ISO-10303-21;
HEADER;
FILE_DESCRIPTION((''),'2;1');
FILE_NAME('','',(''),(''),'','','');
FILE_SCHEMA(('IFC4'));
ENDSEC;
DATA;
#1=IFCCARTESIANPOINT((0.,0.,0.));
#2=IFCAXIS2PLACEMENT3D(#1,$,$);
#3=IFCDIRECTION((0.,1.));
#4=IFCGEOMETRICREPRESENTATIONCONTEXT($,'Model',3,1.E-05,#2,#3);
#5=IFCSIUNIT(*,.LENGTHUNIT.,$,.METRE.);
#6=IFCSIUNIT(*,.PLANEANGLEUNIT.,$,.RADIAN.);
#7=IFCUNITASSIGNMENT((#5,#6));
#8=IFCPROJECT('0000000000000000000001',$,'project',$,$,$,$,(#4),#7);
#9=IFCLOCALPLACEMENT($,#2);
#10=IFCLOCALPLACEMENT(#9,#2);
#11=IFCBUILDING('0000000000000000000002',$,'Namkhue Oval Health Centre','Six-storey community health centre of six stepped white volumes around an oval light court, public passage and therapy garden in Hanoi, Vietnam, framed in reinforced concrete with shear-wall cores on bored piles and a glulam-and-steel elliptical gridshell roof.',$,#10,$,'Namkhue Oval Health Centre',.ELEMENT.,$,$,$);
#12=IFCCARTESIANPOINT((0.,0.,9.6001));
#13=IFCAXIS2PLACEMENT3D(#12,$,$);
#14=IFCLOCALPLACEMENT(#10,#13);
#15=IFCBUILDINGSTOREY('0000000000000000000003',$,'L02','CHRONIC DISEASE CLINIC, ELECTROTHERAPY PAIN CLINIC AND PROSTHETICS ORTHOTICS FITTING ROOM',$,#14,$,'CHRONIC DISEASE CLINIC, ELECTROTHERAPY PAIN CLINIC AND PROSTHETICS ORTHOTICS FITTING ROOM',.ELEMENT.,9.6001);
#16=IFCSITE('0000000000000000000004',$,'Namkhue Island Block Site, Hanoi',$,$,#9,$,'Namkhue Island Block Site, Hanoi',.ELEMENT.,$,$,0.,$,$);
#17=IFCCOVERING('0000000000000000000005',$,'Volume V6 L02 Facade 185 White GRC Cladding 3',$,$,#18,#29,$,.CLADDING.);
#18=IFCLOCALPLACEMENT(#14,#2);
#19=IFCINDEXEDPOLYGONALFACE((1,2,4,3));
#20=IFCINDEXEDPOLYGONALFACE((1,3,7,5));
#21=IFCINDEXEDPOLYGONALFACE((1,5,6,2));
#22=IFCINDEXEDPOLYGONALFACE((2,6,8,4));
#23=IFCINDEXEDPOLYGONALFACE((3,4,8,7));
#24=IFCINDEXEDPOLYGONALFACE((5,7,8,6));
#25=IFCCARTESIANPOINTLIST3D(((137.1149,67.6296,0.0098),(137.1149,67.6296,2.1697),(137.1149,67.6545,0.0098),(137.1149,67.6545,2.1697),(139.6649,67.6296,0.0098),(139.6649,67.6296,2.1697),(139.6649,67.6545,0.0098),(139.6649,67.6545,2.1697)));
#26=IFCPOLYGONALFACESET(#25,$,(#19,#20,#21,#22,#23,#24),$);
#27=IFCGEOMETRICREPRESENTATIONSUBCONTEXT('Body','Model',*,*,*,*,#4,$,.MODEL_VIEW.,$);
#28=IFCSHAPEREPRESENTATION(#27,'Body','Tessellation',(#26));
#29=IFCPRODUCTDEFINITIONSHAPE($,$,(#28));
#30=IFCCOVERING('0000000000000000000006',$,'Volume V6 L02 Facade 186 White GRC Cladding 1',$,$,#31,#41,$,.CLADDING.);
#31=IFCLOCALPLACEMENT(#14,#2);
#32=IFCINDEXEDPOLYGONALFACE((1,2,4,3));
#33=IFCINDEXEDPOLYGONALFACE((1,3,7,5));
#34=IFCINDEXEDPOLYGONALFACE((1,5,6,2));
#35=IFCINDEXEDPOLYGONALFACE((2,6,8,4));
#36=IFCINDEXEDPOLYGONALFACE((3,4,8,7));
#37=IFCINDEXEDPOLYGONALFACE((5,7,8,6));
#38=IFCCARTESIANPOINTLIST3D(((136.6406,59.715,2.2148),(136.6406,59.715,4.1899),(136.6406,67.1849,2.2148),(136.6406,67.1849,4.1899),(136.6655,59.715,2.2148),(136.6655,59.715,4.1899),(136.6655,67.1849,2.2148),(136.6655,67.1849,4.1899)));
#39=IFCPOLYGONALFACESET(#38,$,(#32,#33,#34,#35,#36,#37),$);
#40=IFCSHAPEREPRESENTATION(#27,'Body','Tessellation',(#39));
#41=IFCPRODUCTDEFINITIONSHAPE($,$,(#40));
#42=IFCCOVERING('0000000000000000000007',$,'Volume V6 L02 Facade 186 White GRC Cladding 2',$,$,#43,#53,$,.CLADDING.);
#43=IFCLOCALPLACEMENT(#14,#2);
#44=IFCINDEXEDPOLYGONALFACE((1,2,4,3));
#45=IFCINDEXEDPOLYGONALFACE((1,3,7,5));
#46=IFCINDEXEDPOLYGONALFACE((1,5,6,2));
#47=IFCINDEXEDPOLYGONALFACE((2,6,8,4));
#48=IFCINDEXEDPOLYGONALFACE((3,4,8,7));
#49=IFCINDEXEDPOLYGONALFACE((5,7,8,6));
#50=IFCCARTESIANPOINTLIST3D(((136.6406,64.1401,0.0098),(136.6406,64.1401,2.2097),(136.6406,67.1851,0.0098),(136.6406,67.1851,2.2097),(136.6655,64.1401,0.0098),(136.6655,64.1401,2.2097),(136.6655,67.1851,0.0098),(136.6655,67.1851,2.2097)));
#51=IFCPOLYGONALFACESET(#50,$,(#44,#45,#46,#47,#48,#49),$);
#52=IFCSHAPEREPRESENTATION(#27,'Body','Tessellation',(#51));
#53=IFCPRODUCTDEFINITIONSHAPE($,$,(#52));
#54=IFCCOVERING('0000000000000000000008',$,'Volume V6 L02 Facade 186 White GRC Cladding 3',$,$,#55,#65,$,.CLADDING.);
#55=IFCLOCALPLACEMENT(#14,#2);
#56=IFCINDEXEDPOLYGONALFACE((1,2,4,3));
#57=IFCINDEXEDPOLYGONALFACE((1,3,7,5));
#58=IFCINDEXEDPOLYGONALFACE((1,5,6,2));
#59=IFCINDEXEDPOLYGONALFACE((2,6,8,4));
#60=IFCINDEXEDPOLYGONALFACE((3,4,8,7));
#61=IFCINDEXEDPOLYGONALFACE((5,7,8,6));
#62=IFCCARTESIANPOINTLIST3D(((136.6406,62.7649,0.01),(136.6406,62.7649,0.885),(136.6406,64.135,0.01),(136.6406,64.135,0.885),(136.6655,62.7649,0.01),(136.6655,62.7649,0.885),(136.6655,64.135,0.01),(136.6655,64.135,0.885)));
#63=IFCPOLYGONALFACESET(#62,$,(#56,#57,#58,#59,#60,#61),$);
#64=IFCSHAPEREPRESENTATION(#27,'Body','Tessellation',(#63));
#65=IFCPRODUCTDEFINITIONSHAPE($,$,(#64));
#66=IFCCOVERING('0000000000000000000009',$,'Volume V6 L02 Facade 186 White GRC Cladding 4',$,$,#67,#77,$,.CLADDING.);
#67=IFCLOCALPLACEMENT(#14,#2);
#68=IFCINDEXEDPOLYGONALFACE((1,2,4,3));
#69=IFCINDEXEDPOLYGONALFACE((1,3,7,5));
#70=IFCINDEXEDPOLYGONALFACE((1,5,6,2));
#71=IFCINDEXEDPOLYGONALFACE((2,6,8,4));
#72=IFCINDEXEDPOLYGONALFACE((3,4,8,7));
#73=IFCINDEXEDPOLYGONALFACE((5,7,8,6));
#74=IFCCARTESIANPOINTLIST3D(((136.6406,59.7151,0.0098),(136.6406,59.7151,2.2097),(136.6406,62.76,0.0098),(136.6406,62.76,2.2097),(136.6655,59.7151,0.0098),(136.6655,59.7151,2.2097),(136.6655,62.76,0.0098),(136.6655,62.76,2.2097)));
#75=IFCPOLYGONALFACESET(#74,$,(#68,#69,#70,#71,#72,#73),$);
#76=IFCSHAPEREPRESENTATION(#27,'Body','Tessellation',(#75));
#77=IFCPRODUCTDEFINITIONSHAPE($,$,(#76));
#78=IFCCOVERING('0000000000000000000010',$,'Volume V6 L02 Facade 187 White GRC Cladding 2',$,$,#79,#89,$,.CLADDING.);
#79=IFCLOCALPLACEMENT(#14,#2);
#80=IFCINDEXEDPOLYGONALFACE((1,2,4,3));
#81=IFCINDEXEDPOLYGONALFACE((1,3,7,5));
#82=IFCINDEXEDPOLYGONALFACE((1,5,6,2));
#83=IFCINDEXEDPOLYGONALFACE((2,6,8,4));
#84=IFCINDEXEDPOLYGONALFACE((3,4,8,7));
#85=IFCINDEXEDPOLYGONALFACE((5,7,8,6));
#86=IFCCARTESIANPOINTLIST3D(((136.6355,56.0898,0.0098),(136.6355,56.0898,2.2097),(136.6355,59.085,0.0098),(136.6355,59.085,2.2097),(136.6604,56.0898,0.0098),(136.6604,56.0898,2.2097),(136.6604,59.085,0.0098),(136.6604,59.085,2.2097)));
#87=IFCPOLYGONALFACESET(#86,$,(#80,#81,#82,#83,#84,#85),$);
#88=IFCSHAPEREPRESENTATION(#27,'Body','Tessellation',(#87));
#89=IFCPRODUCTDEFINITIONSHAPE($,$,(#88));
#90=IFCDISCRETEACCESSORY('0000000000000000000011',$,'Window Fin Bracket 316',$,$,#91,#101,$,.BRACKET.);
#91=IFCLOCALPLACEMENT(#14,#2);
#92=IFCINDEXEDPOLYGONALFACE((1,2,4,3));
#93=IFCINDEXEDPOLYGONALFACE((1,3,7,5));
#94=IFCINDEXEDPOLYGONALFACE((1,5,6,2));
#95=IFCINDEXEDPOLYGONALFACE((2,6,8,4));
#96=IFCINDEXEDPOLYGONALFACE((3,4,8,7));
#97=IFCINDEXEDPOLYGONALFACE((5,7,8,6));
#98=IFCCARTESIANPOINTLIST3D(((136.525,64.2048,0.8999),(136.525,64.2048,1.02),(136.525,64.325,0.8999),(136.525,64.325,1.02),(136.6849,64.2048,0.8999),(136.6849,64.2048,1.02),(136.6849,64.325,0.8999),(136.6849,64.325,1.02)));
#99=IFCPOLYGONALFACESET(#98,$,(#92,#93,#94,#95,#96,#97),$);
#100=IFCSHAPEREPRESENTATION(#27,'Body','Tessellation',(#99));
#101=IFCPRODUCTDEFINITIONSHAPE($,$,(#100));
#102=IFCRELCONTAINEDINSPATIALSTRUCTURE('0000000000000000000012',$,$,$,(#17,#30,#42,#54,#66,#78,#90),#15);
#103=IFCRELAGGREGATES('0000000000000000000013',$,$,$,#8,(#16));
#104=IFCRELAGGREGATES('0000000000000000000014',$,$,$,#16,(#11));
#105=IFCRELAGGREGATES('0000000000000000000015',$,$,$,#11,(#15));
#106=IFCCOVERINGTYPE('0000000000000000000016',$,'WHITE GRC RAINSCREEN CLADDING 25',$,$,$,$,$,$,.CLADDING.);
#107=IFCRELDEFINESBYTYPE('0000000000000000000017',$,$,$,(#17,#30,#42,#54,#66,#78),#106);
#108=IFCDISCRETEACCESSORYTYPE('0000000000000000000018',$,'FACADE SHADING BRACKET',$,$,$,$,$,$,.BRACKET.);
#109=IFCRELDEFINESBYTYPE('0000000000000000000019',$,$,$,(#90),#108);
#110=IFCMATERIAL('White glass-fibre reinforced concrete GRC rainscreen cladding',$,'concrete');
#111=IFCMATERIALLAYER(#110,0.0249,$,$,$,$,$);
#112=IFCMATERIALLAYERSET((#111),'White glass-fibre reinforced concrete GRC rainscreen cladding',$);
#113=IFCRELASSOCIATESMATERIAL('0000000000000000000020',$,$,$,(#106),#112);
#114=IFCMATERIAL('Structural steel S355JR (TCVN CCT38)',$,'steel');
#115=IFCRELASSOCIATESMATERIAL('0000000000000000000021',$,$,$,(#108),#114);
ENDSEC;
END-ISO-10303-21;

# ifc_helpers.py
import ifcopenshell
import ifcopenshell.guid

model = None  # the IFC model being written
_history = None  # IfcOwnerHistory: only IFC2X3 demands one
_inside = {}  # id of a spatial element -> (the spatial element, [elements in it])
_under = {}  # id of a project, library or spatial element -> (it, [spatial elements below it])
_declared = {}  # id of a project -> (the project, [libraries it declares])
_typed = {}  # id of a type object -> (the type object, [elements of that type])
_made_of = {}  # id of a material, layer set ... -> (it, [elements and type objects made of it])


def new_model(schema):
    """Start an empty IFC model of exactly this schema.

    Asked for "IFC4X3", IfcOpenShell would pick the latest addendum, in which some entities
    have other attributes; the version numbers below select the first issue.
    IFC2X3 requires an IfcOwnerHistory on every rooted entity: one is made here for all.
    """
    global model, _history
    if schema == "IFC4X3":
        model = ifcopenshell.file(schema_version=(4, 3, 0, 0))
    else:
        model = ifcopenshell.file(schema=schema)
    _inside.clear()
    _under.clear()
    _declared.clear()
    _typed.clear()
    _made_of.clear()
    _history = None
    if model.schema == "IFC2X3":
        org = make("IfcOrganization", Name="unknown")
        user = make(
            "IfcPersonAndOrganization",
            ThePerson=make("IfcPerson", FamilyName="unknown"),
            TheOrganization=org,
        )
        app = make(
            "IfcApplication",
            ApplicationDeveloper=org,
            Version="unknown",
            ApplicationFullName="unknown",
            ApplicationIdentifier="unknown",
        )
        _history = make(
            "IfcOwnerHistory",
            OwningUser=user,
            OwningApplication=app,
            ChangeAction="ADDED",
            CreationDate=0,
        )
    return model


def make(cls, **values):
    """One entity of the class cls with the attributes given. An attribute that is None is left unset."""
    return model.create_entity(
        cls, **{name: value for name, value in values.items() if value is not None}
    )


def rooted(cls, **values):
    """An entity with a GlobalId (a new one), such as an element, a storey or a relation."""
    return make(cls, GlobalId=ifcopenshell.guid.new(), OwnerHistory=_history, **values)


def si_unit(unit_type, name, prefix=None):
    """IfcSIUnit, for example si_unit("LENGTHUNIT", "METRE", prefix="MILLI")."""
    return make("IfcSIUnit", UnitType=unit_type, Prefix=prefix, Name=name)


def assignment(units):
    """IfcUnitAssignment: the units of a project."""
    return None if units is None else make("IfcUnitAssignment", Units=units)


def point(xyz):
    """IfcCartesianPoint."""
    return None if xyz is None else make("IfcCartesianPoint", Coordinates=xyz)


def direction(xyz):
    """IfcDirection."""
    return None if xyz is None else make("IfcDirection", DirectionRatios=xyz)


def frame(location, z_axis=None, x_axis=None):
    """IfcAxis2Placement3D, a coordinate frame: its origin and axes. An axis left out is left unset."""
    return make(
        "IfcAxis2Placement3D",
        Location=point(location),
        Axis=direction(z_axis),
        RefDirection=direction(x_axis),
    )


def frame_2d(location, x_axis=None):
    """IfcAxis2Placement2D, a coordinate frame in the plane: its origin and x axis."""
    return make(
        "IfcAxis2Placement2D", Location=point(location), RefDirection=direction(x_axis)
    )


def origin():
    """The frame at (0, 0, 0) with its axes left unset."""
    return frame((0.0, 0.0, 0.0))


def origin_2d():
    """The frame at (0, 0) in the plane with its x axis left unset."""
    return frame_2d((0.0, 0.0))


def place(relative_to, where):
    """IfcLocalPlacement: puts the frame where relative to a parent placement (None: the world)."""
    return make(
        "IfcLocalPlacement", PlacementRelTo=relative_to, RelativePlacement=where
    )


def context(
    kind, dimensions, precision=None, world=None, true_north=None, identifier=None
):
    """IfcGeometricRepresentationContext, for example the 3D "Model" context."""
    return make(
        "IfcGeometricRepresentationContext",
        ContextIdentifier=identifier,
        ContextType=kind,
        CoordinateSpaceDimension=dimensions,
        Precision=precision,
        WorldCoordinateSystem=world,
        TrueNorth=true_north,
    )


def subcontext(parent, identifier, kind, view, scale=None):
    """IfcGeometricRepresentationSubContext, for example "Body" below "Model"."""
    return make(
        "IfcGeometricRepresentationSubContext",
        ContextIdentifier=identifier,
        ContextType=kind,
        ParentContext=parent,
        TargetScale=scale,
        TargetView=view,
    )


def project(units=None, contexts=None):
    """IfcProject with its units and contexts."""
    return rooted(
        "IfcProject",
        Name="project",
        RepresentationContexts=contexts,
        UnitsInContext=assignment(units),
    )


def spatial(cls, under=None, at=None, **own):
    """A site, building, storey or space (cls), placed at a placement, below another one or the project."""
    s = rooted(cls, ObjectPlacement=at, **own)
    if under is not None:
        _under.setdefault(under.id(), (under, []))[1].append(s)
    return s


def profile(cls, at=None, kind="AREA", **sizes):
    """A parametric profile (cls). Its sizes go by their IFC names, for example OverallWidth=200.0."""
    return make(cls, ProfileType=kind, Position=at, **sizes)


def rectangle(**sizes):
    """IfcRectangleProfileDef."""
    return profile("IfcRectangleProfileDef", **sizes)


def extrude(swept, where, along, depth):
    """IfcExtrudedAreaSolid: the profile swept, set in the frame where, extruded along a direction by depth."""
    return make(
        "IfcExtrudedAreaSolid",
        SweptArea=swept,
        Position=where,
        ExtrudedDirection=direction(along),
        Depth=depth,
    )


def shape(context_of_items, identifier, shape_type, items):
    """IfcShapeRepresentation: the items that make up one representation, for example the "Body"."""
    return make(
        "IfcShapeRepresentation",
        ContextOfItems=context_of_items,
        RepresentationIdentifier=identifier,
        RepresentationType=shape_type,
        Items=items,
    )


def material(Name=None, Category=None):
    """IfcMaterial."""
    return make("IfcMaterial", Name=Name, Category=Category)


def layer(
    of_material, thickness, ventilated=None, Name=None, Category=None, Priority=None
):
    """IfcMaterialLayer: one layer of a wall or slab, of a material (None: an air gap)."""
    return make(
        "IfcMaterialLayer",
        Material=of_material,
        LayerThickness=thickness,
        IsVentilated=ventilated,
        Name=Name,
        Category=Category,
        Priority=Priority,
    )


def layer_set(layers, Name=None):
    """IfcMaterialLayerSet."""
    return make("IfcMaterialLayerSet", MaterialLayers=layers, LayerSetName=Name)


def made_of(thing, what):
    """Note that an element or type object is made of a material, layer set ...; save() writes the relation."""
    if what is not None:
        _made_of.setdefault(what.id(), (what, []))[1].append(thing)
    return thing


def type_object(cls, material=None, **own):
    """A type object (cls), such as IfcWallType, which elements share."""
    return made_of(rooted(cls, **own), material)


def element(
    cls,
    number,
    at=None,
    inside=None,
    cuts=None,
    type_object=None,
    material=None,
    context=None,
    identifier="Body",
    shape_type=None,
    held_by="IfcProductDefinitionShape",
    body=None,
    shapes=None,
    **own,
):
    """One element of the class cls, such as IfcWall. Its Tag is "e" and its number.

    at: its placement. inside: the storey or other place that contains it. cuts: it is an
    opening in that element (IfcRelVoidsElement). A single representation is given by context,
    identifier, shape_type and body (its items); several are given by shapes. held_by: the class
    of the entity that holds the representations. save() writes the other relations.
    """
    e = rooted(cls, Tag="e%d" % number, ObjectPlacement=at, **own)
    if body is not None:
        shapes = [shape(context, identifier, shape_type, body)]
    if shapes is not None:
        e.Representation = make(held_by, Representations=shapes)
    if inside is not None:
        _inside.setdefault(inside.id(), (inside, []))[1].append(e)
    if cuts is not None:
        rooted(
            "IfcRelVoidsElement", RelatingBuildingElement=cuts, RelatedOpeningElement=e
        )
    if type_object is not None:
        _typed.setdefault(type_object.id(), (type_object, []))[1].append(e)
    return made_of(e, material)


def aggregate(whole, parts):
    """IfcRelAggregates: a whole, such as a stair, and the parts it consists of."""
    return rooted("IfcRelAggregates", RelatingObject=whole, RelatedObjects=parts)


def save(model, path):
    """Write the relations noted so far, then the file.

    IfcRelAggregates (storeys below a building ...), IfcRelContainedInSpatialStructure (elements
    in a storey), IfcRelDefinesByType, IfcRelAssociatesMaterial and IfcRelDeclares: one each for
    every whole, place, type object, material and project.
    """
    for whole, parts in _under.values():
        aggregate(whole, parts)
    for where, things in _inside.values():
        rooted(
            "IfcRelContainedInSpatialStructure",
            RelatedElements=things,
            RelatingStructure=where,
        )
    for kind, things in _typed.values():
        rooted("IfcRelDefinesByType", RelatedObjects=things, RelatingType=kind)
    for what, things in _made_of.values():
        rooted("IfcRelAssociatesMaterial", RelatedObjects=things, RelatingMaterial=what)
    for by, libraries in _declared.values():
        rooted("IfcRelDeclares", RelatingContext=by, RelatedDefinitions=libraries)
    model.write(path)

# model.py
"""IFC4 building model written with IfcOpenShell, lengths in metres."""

from ifc_helpers import new_model, si_unit, direction, frame, origin, origin_2d, place, context, subcontext, project, spatial, rectangle, extrude, material, layer, layer_set, type_object, element, save


model = new_model("IFC4")

# Units and contexts
model_context = context("Model", 3, precision=1e-05, world=origin(), true_north=direction((0.0, 1.0)))
body_context = subcontext(model_context, "Body", "Model", "MODEL_VIEW")
ifc_project = project(units=[si_unit("LENGTHUNIT", "METRE"), si_unit("PLANEANGLEUNIT", "RADIAN")], contexts=[model_context])

# Site, building, storey
site_placement = place(None, origin())
site = spatial("IfcSite", under=ifc_project, at=site_placement, Name="Namkhue Island Block Site, Hanoi", LongName="Namkhue Island Block Site, Hanoi", CompositionType="ELEMENT", RefElevation=0.0)
building_placement = place(site_placement, origin())
building = spatial("IfcBuilding", under=site, at=building_placement, Name="Namkhue Oval Health Centre", Description="Six-storey community health centre of six stepped white volumes around an oval light court, public passage and therapy garden in Hanoi, Vietnam, framed in reinforced concrete with shear-wall cores on bored piles and a glulam-and-steel elliptical gridshell roof.", LongName="Namkhue Oval Health Centre", CompositionType="ELEMENT")
storey_placement = place(building_placement, frame((0.0, 0.0, 9.6001)))
storey = spatial("IfcBuildingStorey", under=building, at=storey_placement, Name="L02", Description="CHRONIC DISEASE CLINIC, ELECTROTHERAPY PAIN CLINIC AND PROSTHETICS ORTHOTICS FITTING ROOM", LongName="CHRONIC DISEASE CLINIC, ELECTROTHERAPY PAIN CLINIC AND PROSTHETICS ORTHOTICS FITTING ROOM", CompositionType="ELEMENT", Elevation=9.6001)

# Coverings
ifc_material_1 = material(Name="White glass-fibre reinforced concrete GRC rainscreen cladding", Category="concrete")
ifc_layer_1 = layer(ifc_material_1, 0.0249)
ifc_layer_set_1 = layer_set([ifc_layer_1], Name="White glass-fibre reinforced concrete GRC rainscreen cladding")
covering_type = type_object("IfcCoveringType", Name="WHITE GRC RAINSCREEN CLADDING 25", PredefinedType="CLADDING", material=ifc_layer_set_1)
covering_1_placement = place(storey_placement, frame((138.3899, 67.6421, 0.0098), z_axis=(0.0, 0.0, 1.0), x_axis=(-1.0, 0.0, 0.0)))
element("IfcCovering", 1, at=covering_1_placement, inside=storey, type_object=covering_type, Name="Volume V6 L02 Facade 185 White GRC Cladding 3", PredefinedType="CLADDING", context=body_context, shape_type="SweptSolid", body=[
    extrude(rectangle(XDim=2.55, YDim=0.0249, at=origin_2d()), origin(), (0.0, 0.0, 1.0), 2.1599),
])
covering_2_placement = place(storey_placement, frame((136.6531, 63.45, 2.2148), z_axis=(0.0, 0.0, 1.0), x_axis=(0.0, -1.0, 0.0)))
element("IfcCovering", 2, at=covering_2_placement, inside=storey, type_object=covering_type, Name="Volume V6 L02 Facade 186 White GRC Cladding 1", PredefinedType="CLADDING", context=body_context, shape_type="SweptSolid", body=[
    extrude(rectangle(XDim=7.47, YDim=0.0249, at=origin_2d()), origin(), (0.0, 0.0, 1.0), 1.9751),
])
covering_3_placement = place(storey_placement, frame((136.6531, 65.6626, 0.0098), z_axis=(0.0, 0.0, 1.0), x_axis=(0.0, -1.0, 0.0)))
element("IfcCovering", 3, at=covering_3_placement, inside=storey, type_object=covering_type, Name="Volume V6 L02 Facade 186 White GRC Cladding 2", PredefinedType="CLADDING", context=body_context, shape_type="SweptSolid", body=[
    extrude(rectangle(XDim=3.0449, YDim=0.0249, at=origin_2d()), origin(), (0.0, 0.0, 1.0), 2.2),
])
covering_4_placement = place(storey_placement, frame((136.6531, 63.45, 0.01), z_axis=(0.0, 0.0, 1.0), x_axis=(0.0, -1.0, 0.0)))
element("IfcCovering", 4, at=covering_4_placement, inside=storey, type_object=covering_type, Name="Volume V6 L02 Facade 186 White GRC Cladding 3", PredefinedType="CLADDING", context=body_context, shape_type="SweptSolid", body=[
    extrude(rectangle(XDim=1.3701, YDim=0.0249, at=origin_2d()), origin(), (0.0, 0.0, 1.0), 0.875),
])
covering_5_placement = place(storey_placement, frame((136.6531, 61.2375, 0.0098), z_axis=(0.0, 0.0, 1.0), x_axis=(0.0, -1.0, 0.0)))
element("IfcCovering", 5, at=covering_5_placement, inside=storey, type_object=covering_type, Name="Volume V6 L02 Facade 186 White GRC Cladding 4", PredefinedType="CLADDING", context=body_context, shape_type="SweptSolid", body=[
    extrude(rectangle(XDim=3.0449, YDim=0.0249, at=origin_2d()), origin(), (0.0, 0.0, 1.0), 2.2),
])
covering_6_placement = place(storey_placement, frame((136.6479, 57.5874, 0.0098), z_axis=(0.0, 0.0, 1.0), x_axis=(0.0, -1.0, 0.0)))
element("IfcCovering", 6, at=covering_6_placement, inside=storey, type_object=covering_type, Name="Volume V6 L02 Facade 187 White GRC Cladding 2", PredefinedType="CLADDING", context=body_context, shape_type="SweptSolid", body=[
    extrude(rectangle(XDim=2.9951, YDim=0.0249, at=origin_2d()), origin(), (0.0, 0.0, 1.0), 2.2),
])

# Discrete accessory
ifc_material_2 = material(Name="Structural steel S355JR (TCVN CCT38)", Category="steel")
discrete_accessory_type = type_object("IfcDiscreteAccessoryType", Name="FACADE SHADING BRACKET", PredefinedType="BRACKET", material=ifc_material_2)
discrete_accessory_placement = place(storey_placement, frame((136.605, 64.2649, 0.8999), z_axis=(0.0, 0.0, 1.0), x_axis=(-1.0, 0.0, 0.0)))
element("IfcDiscreteAccessory", 7, at=discrete_accessory_placement, inside=storey, type_object=discrete_accessory_type, Name="Window Fin Bracket 316", PredefinedType="BRACKET", context=body_context, shape_type="SweptSolid", body=[
    extrude(rectangle(XDim=0.1599, YDim=0.1201, at=origin_2d()), origin(), (0.0, 0.0, 1.0), 0.1201),
])

save(model, "model.ifc")
